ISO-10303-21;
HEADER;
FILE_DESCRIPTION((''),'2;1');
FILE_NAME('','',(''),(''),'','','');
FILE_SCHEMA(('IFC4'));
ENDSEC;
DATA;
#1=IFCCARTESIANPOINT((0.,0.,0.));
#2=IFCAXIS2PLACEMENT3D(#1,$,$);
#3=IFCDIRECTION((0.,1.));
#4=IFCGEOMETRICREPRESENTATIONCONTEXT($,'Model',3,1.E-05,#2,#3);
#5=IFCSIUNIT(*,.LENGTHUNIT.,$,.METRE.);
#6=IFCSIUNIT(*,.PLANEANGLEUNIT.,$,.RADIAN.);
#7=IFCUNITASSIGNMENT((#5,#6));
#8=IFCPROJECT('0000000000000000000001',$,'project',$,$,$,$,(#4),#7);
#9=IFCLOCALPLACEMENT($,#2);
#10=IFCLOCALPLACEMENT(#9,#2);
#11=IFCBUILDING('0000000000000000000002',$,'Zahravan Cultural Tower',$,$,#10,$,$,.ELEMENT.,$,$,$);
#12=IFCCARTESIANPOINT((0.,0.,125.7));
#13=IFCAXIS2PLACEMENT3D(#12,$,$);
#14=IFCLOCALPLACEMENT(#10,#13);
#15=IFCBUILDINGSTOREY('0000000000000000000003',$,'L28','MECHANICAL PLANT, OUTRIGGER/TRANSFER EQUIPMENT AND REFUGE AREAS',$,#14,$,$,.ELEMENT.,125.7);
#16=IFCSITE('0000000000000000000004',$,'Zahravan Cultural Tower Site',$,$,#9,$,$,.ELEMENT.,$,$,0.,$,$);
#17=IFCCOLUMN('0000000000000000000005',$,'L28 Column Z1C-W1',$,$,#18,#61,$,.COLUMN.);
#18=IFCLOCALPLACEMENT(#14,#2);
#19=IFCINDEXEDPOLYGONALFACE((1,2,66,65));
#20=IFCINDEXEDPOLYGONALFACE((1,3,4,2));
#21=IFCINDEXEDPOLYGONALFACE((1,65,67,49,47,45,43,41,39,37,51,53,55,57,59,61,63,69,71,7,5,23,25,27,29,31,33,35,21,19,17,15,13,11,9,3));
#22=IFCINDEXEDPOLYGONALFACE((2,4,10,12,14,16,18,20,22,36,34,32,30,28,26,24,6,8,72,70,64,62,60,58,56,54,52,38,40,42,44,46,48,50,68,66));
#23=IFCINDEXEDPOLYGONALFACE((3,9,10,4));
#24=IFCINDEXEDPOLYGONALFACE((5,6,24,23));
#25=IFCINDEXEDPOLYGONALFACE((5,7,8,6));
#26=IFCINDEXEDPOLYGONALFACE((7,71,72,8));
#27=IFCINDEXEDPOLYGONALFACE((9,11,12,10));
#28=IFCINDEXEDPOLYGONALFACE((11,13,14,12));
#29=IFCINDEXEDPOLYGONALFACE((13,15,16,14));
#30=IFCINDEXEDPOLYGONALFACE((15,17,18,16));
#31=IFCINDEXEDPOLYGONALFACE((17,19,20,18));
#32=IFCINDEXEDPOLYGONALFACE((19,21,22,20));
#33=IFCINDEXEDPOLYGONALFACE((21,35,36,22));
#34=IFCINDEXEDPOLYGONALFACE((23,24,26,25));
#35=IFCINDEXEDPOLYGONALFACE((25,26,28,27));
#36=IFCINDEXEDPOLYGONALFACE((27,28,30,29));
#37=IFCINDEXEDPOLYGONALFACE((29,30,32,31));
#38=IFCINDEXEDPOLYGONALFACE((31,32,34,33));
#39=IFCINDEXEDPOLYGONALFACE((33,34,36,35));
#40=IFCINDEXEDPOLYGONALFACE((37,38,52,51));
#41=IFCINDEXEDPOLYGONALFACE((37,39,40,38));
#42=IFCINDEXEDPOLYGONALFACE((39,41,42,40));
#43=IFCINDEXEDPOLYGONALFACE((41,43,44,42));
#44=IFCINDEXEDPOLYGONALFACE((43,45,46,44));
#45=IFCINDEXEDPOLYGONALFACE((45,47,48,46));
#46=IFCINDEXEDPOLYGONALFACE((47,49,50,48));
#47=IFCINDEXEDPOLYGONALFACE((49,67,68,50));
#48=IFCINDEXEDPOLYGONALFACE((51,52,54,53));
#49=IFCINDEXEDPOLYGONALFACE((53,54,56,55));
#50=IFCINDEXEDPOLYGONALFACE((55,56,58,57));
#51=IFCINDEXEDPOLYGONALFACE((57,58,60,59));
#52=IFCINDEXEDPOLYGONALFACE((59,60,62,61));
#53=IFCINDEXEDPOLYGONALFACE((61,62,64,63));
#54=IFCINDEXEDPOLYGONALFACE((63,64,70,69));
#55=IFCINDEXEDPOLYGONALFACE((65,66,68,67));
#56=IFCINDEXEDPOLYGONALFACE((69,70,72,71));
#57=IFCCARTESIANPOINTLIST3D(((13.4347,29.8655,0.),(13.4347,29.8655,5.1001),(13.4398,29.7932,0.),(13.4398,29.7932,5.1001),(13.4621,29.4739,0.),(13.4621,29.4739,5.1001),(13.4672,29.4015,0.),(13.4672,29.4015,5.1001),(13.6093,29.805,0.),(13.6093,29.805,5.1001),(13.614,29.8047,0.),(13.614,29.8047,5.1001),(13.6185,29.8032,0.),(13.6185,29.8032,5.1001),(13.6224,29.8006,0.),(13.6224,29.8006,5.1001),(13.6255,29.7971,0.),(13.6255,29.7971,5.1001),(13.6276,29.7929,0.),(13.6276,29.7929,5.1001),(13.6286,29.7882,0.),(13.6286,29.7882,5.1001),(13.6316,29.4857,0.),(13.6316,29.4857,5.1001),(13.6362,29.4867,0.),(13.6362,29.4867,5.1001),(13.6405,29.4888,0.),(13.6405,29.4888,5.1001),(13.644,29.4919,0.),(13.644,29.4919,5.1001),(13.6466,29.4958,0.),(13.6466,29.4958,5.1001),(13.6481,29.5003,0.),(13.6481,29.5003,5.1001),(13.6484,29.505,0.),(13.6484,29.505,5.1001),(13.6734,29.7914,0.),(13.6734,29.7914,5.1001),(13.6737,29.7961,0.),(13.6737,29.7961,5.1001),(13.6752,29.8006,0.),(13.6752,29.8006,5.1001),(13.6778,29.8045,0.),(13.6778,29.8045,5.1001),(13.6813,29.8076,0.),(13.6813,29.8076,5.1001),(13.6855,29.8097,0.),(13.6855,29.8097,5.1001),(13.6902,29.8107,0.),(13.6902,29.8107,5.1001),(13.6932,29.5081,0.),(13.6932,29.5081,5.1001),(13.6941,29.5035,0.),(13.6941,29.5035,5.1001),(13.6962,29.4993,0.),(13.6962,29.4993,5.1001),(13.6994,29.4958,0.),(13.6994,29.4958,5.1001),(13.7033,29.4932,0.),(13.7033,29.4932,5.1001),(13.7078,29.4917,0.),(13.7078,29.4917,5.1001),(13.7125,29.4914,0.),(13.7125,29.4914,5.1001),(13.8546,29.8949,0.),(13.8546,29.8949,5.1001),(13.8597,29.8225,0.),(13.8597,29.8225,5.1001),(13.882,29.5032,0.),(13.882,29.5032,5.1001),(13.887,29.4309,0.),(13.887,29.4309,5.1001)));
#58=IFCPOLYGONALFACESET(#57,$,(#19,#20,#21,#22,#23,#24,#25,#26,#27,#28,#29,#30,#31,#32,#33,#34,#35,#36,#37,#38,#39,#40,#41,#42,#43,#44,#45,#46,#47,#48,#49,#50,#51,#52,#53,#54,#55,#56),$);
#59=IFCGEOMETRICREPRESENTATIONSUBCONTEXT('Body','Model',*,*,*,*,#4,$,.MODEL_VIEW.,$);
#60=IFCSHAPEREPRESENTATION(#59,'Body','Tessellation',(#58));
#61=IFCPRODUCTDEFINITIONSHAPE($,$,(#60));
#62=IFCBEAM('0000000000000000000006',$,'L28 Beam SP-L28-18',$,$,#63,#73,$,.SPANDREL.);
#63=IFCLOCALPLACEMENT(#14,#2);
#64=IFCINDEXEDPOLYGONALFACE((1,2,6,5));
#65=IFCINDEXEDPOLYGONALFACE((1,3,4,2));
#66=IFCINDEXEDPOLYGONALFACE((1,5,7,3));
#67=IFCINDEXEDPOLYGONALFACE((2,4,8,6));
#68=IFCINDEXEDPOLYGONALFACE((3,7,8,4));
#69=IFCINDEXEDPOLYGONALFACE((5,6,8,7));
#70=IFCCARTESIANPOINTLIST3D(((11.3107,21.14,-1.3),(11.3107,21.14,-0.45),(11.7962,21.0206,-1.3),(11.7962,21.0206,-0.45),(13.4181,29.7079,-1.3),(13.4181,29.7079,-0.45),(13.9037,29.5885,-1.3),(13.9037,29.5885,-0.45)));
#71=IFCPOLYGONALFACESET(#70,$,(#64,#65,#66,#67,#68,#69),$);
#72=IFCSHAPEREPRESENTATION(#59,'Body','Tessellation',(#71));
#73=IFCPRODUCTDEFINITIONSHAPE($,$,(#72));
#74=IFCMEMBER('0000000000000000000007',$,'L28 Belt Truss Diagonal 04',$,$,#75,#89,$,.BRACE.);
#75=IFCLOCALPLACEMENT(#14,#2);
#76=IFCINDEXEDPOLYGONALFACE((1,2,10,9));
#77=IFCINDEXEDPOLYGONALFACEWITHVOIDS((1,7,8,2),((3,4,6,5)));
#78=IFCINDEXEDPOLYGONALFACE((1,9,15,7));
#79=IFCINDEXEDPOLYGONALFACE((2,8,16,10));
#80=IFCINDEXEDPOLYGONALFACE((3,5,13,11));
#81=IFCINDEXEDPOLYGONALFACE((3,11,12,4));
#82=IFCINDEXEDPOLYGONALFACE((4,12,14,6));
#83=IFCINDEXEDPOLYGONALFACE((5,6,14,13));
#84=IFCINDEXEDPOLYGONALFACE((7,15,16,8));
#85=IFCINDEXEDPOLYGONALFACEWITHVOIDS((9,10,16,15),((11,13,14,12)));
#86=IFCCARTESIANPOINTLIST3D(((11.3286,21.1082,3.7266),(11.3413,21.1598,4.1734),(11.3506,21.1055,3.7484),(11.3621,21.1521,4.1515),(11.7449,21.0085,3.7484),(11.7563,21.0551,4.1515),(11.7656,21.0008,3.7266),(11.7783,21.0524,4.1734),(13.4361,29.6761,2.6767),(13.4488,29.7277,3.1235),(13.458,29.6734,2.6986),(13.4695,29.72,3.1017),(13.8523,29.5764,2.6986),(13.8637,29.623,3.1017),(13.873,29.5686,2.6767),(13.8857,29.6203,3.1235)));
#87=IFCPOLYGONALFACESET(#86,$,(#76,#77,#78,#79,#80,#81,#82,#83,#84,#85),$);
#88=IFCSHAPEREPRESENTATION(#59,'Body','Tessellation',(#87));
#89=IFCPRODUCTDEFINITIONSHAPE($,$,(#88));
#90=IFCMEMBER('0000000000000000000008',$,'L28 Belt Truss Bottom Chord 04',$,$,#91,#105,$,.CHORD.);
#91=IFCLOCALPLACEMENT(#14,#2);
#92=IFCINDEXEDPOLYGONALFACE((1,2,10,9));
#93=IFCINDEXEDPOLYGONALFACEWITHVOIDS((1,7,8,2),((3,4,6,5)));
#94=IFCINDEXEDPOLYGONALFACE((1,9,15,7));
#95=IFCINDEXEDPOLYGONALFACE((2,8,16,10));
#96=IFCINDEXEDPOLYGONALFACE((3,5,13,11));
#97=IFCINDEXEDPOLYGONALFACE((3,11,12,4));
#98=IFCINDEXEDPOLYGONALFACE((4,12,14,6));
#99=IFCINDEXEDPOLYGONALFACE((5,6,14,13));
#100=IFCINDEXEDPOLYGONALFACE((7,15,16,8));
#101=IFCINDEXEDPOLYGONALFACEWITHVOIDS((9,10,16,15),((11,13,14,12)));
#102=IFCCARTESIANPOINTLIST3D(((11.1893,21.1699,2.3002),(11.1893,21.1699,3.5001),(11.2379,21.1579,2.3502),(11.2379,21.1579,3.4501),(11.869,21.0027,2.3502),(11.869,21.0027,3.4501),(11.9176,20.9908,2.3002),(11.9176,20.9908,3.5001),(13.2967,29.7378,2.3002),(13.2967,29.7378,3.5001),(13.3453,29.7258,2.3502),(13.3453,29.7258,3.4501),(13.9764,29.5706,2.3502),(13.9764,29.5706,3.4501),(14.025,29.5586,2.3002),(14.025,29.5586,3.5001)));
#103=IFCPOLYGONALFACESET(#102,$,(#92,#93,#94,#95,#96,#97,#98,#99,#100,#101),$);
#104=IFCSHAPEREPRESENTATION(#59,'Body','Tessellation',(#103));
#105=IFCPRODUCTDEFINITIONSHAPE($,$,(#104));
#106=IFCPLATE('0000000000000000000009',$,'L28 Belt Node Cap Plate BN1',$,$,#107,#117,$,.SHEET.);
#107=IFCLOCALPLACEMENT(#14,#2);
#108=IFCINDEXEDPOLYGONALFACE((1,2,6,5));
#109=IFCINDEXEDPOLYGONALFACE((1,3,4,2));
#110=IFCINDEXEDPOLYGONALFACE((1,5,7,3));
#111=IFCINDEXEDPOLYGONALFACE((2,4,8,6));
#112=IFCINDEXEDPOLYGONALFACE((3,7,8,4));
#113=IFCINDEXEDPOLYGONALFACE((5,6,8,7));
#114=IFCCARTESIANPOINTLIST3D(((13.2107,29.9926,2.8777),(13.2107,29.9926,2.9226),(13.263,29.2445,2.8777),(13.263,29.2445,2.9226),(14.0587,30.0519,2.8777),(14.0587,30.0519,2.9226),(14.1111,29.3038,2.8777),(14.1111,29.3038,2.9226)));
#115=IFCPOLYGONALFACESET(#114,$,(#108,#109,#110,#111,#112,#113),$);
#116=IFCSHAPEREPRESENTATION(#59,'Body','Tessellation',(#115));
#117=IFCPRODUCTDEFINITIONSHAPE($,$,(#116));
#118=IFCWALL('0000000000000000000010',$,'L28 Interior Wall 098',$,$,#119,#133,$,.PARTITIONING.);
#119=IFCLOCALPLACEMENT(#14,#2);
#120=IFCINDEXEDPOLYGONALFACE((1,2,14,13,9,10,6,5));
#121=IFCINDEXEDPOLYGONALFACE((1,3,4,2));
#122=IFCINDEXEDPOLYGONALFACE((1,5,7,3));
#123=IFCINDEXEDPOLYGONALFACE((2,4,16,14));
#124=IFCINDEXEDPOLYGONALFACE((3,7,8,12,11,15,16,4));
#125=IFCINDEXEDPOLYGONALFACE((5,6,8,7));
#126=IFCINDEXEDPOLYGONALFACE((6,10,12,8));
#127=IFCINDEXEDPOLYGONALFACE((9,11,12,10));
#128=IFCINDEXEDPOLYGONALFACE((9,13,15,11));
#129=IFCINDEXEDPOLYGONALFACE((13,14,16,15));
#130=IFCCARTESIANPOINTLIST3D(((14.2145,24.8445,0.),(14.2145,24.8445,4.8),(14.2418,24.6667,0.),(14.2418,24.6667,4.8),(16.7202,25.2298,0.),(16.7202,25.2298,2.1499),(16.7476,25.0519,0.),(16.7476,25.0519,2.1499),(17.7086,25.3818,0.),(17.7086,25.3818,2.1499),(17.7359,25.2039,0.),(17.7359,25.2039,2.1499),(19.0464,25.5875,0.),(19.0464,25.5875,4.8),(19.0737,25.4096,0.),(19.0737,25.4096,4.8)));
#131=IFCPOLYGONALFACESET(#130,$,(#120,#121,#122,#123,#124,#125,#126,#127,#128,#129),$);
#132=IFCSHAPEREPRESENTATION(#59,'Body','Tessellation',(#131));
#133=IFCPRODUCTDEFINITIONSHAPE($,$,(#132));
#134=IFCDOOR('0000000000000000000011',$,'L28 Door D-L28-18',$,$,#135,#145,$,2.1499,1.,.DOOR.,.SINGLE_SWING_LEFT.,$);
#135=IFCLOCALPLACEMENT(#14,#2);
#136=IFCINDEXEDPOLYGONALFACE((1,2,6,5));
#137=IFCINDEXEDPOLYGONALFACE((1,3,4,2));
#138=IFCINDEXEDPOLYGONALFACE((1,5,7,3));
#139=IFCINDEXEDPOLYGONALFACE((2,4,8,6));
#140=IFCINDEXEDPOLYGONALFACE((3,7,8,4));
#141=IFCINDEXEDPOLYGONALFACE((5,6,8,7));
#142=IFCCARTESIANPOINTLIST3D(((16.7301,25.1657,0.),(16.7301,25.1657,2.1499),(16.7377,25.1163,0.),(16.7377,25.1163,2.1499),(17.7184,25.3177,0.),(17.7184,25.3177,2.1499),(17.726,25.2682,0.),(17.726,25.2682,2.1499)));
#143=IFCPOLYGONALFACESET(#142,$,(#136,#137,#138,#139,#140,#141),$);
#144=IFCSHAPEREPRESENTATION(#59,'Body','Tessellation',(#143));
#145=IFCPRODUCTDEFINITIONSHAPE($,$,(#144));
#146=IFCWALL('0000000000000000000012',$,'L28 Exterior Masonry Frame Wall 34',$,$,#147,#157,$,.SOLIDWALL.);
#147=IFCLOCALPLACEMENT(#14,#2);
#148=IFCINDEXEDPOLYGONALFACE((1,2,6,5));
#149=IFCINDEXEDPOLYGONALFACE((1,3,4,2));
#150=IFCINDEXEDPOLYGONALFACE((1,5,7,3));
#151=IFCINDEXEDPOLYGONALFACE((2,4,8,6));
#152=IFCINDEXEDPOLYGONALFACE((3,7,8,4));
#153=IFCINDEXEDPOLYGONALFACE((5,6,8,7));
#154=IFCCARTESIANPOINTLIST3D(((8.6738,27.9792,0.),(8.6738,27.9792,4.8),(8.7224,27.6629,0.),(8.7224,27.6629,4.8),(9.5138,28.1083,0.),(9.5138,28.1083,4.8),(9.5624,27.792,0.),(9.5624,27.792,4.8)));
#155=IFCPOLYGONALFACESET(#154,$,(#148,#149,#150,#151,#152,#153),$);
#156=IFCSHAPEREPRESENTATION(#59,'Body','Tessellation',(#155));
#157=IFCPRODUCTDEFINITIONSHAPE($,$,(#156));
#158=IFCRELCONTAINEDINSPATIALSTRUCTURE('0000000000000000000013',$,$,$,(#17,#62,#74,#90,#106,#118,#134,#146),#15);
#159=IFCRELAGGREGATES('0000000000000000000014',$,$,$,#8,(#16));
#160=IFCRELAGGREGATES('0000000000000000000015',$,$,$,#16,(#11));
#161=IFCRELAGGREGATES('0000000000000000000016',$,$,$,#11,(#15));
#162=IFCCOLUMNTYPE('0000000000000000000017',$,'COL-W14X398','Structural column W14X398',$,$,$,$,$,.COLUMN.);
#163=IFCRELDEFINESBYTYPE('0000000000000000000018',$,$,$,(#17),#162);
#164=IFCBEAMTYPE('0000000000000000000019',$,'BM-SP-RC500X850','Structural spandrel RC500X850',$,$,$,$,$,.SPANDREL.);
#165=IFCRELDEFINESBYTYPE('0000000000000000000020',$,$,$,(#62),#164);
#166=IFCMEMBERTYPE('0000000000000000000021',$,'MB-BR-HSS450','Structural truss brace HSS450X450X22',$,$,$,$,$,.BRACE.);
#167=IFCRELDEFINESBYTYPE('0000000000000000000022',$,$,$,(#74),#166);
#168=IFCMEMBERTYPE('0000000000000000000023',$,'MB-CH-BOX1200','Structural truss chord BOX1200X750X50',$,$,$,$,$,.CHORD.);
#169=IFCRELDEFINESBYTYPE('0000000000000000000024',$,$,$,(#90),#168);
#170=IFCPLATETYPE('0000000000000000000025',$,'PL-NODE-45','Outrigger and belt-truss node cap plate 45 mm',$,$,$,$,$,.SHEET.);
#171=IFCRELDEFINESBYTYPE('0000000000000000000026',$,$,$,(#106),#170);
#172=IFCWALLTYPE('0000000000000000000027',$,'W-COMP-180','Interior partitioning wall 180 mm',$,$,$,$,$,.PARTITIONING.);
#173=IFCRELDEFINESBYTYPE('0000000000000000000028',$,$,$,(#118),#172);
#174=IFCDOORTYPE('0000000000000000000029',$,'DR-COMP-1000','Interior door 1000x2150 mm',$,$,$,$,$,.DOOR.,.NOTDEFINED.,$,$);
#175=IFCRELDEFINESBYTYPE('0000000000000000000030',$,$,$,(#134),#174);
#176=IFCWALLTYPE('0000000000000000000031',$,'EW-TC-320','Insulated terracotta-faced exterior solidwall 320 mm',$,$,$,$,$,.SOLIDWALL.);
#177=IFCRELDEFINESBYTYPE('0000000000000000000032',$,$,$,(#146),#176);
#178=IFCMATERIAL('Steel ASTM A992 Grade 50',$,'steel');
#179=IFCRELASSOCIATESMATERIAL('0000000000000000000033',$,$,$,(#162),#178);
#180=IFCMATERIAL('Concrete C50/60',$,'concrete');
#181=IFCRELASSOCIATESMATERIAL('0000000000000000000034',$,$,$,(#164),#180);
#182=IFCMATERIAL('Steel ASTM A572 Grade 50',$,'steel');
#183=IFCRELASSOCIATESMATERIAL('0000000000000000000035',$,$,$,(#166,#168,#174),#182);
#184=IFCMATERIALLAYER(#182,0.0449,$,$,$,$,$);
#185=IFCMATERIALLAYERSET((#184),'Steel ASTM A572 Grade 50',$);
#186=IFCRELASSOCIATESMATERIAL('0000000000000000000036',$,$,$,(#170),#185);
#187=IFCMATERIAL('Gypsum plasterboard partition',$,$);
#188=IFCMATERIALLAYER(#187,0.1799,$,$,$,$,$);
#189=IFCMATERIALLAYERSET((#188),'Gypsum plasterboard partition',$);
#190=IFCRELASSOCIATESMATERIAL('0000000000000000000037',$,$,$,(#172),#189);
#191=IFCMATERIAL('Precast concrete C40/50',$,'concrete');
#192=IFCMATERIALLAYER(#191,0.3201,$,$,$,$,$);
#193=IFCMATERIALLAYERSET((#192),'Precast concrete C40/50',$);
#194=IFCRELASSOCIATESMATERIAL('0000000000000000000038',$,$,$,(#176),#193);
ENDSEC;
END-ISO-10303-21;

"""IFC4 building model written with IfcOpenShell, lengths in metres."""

from ifc_helpers import new_model, si_unit, direction, frame, frame_2d, origin, origin_2d, place, context, subcontext, project, spatial, rectangle, hollow_rectangle, i_section, extrude, source, transform, mapped, material, layer, layer_set, material_profile, profile_set, type_object, element, fill, save


model = new_model("IFC4")

# Units and contexts
model_context = context("Model", 3, precision=1e-05, world=origin(), true_north=direction((0.0, 1.0)))
body_context = subcontext(model_context, "Body", "Model", "MODEL_VIEW")
ifc_project = project(units=[si_unit("LENGTHUNIT", "METRE"), si_unit("PLANEANGLEUNIT", "RADIAN")], contexts=[model_context])

# Site, building, storey
site_placement = place(None, origin())
site = spatial("IfcSite", under=ifc_project, at=site_placement, Name="Zahravan Cultural Tower Site", CompositionType="ELEMENT", RefElevation=0.0)
building_placement = place(site_placement, origin())
building = spatial("IfcBuilding", under=site, at=building_placement, Name="Zahravan Cultural Tower", CompositionType="ELEMENT")
storey_placement = place(building_placement, frame((0.0, 0.0, 125.7)))
storey = spatial("IfcBuildingStorey", under=building, at=storey_placement, Name="L28", Description="MECHANICAL PLANT, OUTRIGGER/TRANSFER EQUIPMENT AND REFUGE AREAS", CompositionType="ELEMENT", Elevation=125.7)

# Column
ifc_material_1 = material(Name="Steel ASTM A992 Grade 50", Category="steel")
ifc_material_profile_1 = material_profile(ifc_material_1, i_section(OverallWidth=0.4209, OverallDepth=0.4651, WebThickness=0.0449, FlangeThickness=0.0725, FilletRadius=0.0181, at=origin_2d()), Name="W14X398")
ifc_profile_set_1 = profile_set([ifc_material_profile_1], Name="Steel ASTM A992 Grade 50")
column_type = type_object("IfcColumnType", Name="COL-W14X398", Description="Structural column W14X398", PredefinedType="COLUMN", material=ifc_profile_set_1)
shared_shape_1 = source(origin(), body_context, "Body", "SweptSolid", [
    extrude(i_section(OverallWidth=0.4209, OverallDepth=0.4651, WebThickness=0.0449, FlangeThickness=0.0725, FilletRadius=0.0181, at=origin_2d()), origin(), (0.0, 0.0, 1.0), 5.1001),
])
column_placement = place(storey_placement, frame((13.6609, 29.6482, 0.0), z_axis=(0.0, 0.0, 1.0), x_axis=(0.997564, 0.069756, 0.0)))
element("IfcColumn", 1, at=column_placement, inside=storey, type_object=column_type, Name="L28 Column Z1C-W1", PredefinedType="COLUMN", context=body_context, shape_type="MappedRepresentation", body=[
    mapped(shared_shape_1, transform((0.0, 0.0, 0.0), x_axis=(1.0, 0.0, 0.0), y_axis=(0.0, 1.0, 0.0), z_axis=(0.0, 0.0, 1.0), scale=1.0)),
])

# Beam
ifc_material_2 = material(Name="Concrete C50/60", Category="concrete")
ifc_material_profile_2 = material_profile(ifc_material_2, rectangle(XDim=0.5, YDim=0.8501, at=origin_2d()), Name="RC500X850")
ifc_profile_set_2 = profile_set([ifc_material_profile_2], Name="Concrete C50/60")
beam_type = type_object("IfcBeamType", Name="BM-SP-RC500X850", Description="Structural spandrel RC500X850", PredefinedType="SPANDREL", material=ifc_profile_set_2)
shared_shape_2 = source(origin(), body_context, "Body", "SweptSolid", [
    extrude(rectangle(XDim=0.5, YDim=0.8501, at=origin_2d()), origin(), (0.0, 0.0, 1.0), 8.8232),
])
beam_placement = place(storey_placement, frame((13.6609, 29.6482, -0.875), z_axis=(-0.238849, -0.971057, 0.0), x_axis=(0.971057, -0.238849, 0.0)))
element("IfcBeam", 2, at=beam_placement, inside=storey, type_object=beam_type, Name="L28 Beam SP-L28-18", PredefinedType="SPANDREL", context=body_context, shape_type="MappedRepresentation", body=[
    mapped(shared_shape_2, transform((0.0, 0.0, 0.0), x_axis=(1.0, 0.0, 0.0), y_axis=(0.0, 1.0, 0.0), z_axis=(0.0, 0.0, 1.0), scale=1.0)),
])

# Members
ifc_material_3 = material(Name="Steel ASTM A572 Grade 50", Category="steel")
ifc_material_profile_3 = material_profile(ifc_material_3, hollow_rectangle(XDim=0.45, YDim=0.45, WallThickness=0.022, at=origin_2d()), Name="HSS450X450X22")
ifc_profile_set_3 = profile_set([ifc_material_profile_3], Name="Steel ASTM A572 Grade 50")
member_type_1 = type_object("IfcMemberType", Name="MB-BR-HSS450", Description="Structural truss brace HSS450X450X22", PredefinedType="BRACE", material=ifc_profile_set_3)
shared_shape_3 = source(origin(), body_context, "Body", "SweptSolid", [
    extrude(hollow_rectangle(XDim=0.45, YDim=0.45, WallThickness=0.022, at=origin_2d()), origin(), (0.0, 0.0, 1.0), 8.8855),
])
member_1_placement = place(storey_placement, frame((13.6609, 29.6482, 2.9001), z_axis=(-0.237176, -0.964255, 0.118148), x_axis=(0.971057, -0.238849, 0.0)))
element("IfcMember", 3, at=member_1_placement, inside=storey, type_object=member_type_1, Name="L28 Belt Truss Diagonal 04", PredefinedType="BRACE", context=body_context, shape_type="MappedRepresentation", body=[
    mapped(shared_shape_3, transform((0.0, 0.0, 0.0), x_axis=(1.0, 0.0, 0.0), y_axis=(0.0, 1.0, 0.0), z_axis=(0.0, 0.0, 1.0), scale=1.0)),
])
ifc_material_profile_4 = material_profile(ifc_material_3, hollow_rectangle(XDim=0.75, YDim=1.2, WallThickness=0.05, at=origin_2d()), Name="BOX1200X750X50")
ifc_profile_set_4 = profile_set([ifc_material_profile_4], Name="Steel ASTM A572 Grade 50")
member_type_2 = type_object("IfcMemberType", Name="MB-CH-BOX1200", Description="Structural truss chord BOX1200X750X50", PredefinedType="CHORD", material=ifc_profile_set_4)
shared_shape_4 = source(origin(), body_context, "Body", "SweptSolid", [
    extrude(hollow_rectangle(XDim=0.75, YDim=1.2, WallThickness=0.05, at=origin_2d()), origin(), (0.0, 0.0, 1.0), 8.8232),
])
member_2_placement = place(storey_placement, frame((13.6609, 29.6482, 2.9001), z_axis=(-0.238849, -0.971057, 0.0), x_axis=(0.971057, -0.238849, 0.0)))
element("IfcMember", 4, at=member_2_placement, inside=storey, type_object=member_type_2, Name="L28 Belt Truss Bottom Chord 04", PredefinedType="CHORD", context=body_context, shape_type="MappedRepresentation", body=[
    mapped(shared_shape_4, transform((0.0, 0.0, 0.0), x_axis=(1.0, 0.0, 0.0), y_axis=(0.0, 1.0, 0.0), z_axis=(0.0, 0.0, 1.0), scale=1.0)),
])

# Plate
ifc_layer_1 = layer(ifc_material_3, 0.0449)
ifc_layer_set_1 = layer_set([ifc_layer_1], Name="Steel ASTM A572 Grade 50")
plate_type = type_object("IfcPlateType", Name="PL-NODE-45", Description="Outrigger and belt-truss node cap plate 45 mm", PredefinedType="SHEET", material=ifc_layer_set_1)
shared_shape_5 = source(origin(), body_context, "Body", "SweptSolid", [
    extrude(rectangle(XDim=0.8501, YDim=0.75, at=origin_2d()), origin(), (0.0, 0.0, 1.0), 0.0449),
])
plate_placement = place(storey_placement, frame((13.6609, 29.6482, 2.8777), z_axis=(0.0, 0.0, 1.0), x_axis=(0.997564, 0.069756, 0.0)))
element("IfcPlate", 5, at=plate_placement, inside=storey, type_object=plate_type, Name="L28 Belt Node Cap Plate BN1", PredefinedType="SHEET", context=body_context, shape_type="MappedRepresentation", body=[
    mapped(shared_shape_5, transform((0.0, 0.0, 0.0), x_axis=(1.0, 0.0, 0.0), y_axis=(0.0, 1.0, 0.0), z_axis=(0.0, 0.0, 1.0), scale=1.0)),
])

# Wall, opening, door
ifc_material_4 = material(Name="Gypsum plasterboard partition")
ifc_layer_2 = layer(ifc_material_4, 0.1799)
ifc_layer_set_2 = layer_set([ifc_layer_2], Name="Gypsum plasterboard partition")
wall_type_1 = type_object("IfcWallType", Name="W-COMP-180", Description="Interior partitioning wall 180 mm", PredefinedType="PARTITIONING", material=ifc_layer_set_2)
wall_1_placement = place(storey_placement, frame((19.0601, 25.4985, 0.0), z_axis=(0.0, 0.0, 1.0), x_axis=(-0.988385, -0.151971, 0.0)))
wall_1 = element("IfcWall", 6, at=wall_1_placement, inside=storey, type_object=wall_type_1, Name="L28 Interior Wall 098", PredefinedType="PARTITIONING", context=body_context, shape_type="SweptSolid", body=[
    extrude(rectangle(XDim=4.8887, YDim=0.1799, at=frame_2d((2.4443, 0.0))), origin(), (0.0, 0.0, 1.0), 4.8),
])
opening_placement = place(wall_1_placement, frame((1.3535, 0.0, 0.0)))
opening = element("IfcOpeningElement", 7, at=opening_placement, cuts=wall_1, PredefinedType="OPENING", context=body_context, shape_type="SweptSolid", body=[
    extrude(rectangle(XDim=1.0, YDim=2.1499, at=frame_2d((0.5, 1.075))), frame((0.0, 0.0999, 0.0), z_axis=(0.0, -1.0, 0.0), x_axis=(1.0, 0.0, 0.0)), (0.0, 0.0, 1.0), 0.2),
])
door_type = type_object("IfcDoorType", Name="DR-COMP-1000", Description="Interior door 1000x2150 mm", OperationType="NOTDEFINED", PredefinedType="DOOR", material=ifc_material_3)
shared_shape_6 = source(origin(), body_context, "Body", "SweptSolid", [
    extrude(rectangle(XDim=1.0, YDim=2.1499, at=frame_2d((0.5, 1.075))), frame((0.0, 0.0249, 0.0), z_axis=(0.0, -1.0, 0.0), x_axis=(1.0, 0.0, 0.0)), (0.0, 0.0, 1.0), 0.05),
])
door_placement = place(opening_placement, origin())
door = element("IfcDoor", 8, at=door_placement, inside=storey, type_object=door_type, Name="L28 Door D-L28-18", OperationType="SINGLE_SWING_LEFT", OverallHeight=2.1499, OverallWidth=1.0, PredefinedType="DOOR", context=body_context, shape_type="MappedRepresentation", body=[
    mapped(shared_shape_6, transform((0.0, 0.0, 0.0), x_axis=(1.0, 0.0, 0.0), y_axis=(0.0, 1.0, 0.0), z_axis=(0.0, 0.0, 1.0), scale=1.0)),
])
fill(opening, door)

# Wall
ifc_material_5 = material(Name="Precast concrete C40/50", Category="concrete")
ifc_layer_3 = layer(ifc_material_5, 0.3201)
ifc_layer_set_3 = layer_set([ifc_layer_3], Name="Precast concrete C40/50")
wall_type_2 = type_object("IfcWallType", Name="EW-TC-320", Description="Insulated terracotta-faced exterior solidwall 320 mm", PredefinedType="SOLIDWALL", material=ifc_layer_set_3)
shared_shape_7 = source(origin(), body_context, "Body", "SweptSolid", [
    extrude(rectangle(XDim=0.8499, YDim=0.3201, at=frame_2d((0.4248, 0.0))), origin(), (0.0, 0.0, 1.0), 4.8),
])
for number, where, z_axis, x_axis, name in (
    (9, (8.6982, 27.821, 0.0), (0.0, 0.0, 1.0), (0.988388, 0.151949, 0.0), "L28 Exterior Masonry Frame Wall 34"),
):
    element("IfcWall", number, at=place(storey_placement, frame(where, z_axis=z_axis, x_axis=x_axis)), inside=storey, type_object=wall_type_2, Name=name, PredefinedType="SOLIDWALL", context=body_context, shape_type="MappedRepresentation", body=[
        mapped(shared_shape_7, transform((0.0, 0.0, 0.0), x_axis=(1.0, 0.0, 0.0), y_axis=(0.0, 1.0, 0.0), z_axis=(0.0, 0.0, 1.0), scale=1.0)),
    ])

save(model, "model.ifc")
